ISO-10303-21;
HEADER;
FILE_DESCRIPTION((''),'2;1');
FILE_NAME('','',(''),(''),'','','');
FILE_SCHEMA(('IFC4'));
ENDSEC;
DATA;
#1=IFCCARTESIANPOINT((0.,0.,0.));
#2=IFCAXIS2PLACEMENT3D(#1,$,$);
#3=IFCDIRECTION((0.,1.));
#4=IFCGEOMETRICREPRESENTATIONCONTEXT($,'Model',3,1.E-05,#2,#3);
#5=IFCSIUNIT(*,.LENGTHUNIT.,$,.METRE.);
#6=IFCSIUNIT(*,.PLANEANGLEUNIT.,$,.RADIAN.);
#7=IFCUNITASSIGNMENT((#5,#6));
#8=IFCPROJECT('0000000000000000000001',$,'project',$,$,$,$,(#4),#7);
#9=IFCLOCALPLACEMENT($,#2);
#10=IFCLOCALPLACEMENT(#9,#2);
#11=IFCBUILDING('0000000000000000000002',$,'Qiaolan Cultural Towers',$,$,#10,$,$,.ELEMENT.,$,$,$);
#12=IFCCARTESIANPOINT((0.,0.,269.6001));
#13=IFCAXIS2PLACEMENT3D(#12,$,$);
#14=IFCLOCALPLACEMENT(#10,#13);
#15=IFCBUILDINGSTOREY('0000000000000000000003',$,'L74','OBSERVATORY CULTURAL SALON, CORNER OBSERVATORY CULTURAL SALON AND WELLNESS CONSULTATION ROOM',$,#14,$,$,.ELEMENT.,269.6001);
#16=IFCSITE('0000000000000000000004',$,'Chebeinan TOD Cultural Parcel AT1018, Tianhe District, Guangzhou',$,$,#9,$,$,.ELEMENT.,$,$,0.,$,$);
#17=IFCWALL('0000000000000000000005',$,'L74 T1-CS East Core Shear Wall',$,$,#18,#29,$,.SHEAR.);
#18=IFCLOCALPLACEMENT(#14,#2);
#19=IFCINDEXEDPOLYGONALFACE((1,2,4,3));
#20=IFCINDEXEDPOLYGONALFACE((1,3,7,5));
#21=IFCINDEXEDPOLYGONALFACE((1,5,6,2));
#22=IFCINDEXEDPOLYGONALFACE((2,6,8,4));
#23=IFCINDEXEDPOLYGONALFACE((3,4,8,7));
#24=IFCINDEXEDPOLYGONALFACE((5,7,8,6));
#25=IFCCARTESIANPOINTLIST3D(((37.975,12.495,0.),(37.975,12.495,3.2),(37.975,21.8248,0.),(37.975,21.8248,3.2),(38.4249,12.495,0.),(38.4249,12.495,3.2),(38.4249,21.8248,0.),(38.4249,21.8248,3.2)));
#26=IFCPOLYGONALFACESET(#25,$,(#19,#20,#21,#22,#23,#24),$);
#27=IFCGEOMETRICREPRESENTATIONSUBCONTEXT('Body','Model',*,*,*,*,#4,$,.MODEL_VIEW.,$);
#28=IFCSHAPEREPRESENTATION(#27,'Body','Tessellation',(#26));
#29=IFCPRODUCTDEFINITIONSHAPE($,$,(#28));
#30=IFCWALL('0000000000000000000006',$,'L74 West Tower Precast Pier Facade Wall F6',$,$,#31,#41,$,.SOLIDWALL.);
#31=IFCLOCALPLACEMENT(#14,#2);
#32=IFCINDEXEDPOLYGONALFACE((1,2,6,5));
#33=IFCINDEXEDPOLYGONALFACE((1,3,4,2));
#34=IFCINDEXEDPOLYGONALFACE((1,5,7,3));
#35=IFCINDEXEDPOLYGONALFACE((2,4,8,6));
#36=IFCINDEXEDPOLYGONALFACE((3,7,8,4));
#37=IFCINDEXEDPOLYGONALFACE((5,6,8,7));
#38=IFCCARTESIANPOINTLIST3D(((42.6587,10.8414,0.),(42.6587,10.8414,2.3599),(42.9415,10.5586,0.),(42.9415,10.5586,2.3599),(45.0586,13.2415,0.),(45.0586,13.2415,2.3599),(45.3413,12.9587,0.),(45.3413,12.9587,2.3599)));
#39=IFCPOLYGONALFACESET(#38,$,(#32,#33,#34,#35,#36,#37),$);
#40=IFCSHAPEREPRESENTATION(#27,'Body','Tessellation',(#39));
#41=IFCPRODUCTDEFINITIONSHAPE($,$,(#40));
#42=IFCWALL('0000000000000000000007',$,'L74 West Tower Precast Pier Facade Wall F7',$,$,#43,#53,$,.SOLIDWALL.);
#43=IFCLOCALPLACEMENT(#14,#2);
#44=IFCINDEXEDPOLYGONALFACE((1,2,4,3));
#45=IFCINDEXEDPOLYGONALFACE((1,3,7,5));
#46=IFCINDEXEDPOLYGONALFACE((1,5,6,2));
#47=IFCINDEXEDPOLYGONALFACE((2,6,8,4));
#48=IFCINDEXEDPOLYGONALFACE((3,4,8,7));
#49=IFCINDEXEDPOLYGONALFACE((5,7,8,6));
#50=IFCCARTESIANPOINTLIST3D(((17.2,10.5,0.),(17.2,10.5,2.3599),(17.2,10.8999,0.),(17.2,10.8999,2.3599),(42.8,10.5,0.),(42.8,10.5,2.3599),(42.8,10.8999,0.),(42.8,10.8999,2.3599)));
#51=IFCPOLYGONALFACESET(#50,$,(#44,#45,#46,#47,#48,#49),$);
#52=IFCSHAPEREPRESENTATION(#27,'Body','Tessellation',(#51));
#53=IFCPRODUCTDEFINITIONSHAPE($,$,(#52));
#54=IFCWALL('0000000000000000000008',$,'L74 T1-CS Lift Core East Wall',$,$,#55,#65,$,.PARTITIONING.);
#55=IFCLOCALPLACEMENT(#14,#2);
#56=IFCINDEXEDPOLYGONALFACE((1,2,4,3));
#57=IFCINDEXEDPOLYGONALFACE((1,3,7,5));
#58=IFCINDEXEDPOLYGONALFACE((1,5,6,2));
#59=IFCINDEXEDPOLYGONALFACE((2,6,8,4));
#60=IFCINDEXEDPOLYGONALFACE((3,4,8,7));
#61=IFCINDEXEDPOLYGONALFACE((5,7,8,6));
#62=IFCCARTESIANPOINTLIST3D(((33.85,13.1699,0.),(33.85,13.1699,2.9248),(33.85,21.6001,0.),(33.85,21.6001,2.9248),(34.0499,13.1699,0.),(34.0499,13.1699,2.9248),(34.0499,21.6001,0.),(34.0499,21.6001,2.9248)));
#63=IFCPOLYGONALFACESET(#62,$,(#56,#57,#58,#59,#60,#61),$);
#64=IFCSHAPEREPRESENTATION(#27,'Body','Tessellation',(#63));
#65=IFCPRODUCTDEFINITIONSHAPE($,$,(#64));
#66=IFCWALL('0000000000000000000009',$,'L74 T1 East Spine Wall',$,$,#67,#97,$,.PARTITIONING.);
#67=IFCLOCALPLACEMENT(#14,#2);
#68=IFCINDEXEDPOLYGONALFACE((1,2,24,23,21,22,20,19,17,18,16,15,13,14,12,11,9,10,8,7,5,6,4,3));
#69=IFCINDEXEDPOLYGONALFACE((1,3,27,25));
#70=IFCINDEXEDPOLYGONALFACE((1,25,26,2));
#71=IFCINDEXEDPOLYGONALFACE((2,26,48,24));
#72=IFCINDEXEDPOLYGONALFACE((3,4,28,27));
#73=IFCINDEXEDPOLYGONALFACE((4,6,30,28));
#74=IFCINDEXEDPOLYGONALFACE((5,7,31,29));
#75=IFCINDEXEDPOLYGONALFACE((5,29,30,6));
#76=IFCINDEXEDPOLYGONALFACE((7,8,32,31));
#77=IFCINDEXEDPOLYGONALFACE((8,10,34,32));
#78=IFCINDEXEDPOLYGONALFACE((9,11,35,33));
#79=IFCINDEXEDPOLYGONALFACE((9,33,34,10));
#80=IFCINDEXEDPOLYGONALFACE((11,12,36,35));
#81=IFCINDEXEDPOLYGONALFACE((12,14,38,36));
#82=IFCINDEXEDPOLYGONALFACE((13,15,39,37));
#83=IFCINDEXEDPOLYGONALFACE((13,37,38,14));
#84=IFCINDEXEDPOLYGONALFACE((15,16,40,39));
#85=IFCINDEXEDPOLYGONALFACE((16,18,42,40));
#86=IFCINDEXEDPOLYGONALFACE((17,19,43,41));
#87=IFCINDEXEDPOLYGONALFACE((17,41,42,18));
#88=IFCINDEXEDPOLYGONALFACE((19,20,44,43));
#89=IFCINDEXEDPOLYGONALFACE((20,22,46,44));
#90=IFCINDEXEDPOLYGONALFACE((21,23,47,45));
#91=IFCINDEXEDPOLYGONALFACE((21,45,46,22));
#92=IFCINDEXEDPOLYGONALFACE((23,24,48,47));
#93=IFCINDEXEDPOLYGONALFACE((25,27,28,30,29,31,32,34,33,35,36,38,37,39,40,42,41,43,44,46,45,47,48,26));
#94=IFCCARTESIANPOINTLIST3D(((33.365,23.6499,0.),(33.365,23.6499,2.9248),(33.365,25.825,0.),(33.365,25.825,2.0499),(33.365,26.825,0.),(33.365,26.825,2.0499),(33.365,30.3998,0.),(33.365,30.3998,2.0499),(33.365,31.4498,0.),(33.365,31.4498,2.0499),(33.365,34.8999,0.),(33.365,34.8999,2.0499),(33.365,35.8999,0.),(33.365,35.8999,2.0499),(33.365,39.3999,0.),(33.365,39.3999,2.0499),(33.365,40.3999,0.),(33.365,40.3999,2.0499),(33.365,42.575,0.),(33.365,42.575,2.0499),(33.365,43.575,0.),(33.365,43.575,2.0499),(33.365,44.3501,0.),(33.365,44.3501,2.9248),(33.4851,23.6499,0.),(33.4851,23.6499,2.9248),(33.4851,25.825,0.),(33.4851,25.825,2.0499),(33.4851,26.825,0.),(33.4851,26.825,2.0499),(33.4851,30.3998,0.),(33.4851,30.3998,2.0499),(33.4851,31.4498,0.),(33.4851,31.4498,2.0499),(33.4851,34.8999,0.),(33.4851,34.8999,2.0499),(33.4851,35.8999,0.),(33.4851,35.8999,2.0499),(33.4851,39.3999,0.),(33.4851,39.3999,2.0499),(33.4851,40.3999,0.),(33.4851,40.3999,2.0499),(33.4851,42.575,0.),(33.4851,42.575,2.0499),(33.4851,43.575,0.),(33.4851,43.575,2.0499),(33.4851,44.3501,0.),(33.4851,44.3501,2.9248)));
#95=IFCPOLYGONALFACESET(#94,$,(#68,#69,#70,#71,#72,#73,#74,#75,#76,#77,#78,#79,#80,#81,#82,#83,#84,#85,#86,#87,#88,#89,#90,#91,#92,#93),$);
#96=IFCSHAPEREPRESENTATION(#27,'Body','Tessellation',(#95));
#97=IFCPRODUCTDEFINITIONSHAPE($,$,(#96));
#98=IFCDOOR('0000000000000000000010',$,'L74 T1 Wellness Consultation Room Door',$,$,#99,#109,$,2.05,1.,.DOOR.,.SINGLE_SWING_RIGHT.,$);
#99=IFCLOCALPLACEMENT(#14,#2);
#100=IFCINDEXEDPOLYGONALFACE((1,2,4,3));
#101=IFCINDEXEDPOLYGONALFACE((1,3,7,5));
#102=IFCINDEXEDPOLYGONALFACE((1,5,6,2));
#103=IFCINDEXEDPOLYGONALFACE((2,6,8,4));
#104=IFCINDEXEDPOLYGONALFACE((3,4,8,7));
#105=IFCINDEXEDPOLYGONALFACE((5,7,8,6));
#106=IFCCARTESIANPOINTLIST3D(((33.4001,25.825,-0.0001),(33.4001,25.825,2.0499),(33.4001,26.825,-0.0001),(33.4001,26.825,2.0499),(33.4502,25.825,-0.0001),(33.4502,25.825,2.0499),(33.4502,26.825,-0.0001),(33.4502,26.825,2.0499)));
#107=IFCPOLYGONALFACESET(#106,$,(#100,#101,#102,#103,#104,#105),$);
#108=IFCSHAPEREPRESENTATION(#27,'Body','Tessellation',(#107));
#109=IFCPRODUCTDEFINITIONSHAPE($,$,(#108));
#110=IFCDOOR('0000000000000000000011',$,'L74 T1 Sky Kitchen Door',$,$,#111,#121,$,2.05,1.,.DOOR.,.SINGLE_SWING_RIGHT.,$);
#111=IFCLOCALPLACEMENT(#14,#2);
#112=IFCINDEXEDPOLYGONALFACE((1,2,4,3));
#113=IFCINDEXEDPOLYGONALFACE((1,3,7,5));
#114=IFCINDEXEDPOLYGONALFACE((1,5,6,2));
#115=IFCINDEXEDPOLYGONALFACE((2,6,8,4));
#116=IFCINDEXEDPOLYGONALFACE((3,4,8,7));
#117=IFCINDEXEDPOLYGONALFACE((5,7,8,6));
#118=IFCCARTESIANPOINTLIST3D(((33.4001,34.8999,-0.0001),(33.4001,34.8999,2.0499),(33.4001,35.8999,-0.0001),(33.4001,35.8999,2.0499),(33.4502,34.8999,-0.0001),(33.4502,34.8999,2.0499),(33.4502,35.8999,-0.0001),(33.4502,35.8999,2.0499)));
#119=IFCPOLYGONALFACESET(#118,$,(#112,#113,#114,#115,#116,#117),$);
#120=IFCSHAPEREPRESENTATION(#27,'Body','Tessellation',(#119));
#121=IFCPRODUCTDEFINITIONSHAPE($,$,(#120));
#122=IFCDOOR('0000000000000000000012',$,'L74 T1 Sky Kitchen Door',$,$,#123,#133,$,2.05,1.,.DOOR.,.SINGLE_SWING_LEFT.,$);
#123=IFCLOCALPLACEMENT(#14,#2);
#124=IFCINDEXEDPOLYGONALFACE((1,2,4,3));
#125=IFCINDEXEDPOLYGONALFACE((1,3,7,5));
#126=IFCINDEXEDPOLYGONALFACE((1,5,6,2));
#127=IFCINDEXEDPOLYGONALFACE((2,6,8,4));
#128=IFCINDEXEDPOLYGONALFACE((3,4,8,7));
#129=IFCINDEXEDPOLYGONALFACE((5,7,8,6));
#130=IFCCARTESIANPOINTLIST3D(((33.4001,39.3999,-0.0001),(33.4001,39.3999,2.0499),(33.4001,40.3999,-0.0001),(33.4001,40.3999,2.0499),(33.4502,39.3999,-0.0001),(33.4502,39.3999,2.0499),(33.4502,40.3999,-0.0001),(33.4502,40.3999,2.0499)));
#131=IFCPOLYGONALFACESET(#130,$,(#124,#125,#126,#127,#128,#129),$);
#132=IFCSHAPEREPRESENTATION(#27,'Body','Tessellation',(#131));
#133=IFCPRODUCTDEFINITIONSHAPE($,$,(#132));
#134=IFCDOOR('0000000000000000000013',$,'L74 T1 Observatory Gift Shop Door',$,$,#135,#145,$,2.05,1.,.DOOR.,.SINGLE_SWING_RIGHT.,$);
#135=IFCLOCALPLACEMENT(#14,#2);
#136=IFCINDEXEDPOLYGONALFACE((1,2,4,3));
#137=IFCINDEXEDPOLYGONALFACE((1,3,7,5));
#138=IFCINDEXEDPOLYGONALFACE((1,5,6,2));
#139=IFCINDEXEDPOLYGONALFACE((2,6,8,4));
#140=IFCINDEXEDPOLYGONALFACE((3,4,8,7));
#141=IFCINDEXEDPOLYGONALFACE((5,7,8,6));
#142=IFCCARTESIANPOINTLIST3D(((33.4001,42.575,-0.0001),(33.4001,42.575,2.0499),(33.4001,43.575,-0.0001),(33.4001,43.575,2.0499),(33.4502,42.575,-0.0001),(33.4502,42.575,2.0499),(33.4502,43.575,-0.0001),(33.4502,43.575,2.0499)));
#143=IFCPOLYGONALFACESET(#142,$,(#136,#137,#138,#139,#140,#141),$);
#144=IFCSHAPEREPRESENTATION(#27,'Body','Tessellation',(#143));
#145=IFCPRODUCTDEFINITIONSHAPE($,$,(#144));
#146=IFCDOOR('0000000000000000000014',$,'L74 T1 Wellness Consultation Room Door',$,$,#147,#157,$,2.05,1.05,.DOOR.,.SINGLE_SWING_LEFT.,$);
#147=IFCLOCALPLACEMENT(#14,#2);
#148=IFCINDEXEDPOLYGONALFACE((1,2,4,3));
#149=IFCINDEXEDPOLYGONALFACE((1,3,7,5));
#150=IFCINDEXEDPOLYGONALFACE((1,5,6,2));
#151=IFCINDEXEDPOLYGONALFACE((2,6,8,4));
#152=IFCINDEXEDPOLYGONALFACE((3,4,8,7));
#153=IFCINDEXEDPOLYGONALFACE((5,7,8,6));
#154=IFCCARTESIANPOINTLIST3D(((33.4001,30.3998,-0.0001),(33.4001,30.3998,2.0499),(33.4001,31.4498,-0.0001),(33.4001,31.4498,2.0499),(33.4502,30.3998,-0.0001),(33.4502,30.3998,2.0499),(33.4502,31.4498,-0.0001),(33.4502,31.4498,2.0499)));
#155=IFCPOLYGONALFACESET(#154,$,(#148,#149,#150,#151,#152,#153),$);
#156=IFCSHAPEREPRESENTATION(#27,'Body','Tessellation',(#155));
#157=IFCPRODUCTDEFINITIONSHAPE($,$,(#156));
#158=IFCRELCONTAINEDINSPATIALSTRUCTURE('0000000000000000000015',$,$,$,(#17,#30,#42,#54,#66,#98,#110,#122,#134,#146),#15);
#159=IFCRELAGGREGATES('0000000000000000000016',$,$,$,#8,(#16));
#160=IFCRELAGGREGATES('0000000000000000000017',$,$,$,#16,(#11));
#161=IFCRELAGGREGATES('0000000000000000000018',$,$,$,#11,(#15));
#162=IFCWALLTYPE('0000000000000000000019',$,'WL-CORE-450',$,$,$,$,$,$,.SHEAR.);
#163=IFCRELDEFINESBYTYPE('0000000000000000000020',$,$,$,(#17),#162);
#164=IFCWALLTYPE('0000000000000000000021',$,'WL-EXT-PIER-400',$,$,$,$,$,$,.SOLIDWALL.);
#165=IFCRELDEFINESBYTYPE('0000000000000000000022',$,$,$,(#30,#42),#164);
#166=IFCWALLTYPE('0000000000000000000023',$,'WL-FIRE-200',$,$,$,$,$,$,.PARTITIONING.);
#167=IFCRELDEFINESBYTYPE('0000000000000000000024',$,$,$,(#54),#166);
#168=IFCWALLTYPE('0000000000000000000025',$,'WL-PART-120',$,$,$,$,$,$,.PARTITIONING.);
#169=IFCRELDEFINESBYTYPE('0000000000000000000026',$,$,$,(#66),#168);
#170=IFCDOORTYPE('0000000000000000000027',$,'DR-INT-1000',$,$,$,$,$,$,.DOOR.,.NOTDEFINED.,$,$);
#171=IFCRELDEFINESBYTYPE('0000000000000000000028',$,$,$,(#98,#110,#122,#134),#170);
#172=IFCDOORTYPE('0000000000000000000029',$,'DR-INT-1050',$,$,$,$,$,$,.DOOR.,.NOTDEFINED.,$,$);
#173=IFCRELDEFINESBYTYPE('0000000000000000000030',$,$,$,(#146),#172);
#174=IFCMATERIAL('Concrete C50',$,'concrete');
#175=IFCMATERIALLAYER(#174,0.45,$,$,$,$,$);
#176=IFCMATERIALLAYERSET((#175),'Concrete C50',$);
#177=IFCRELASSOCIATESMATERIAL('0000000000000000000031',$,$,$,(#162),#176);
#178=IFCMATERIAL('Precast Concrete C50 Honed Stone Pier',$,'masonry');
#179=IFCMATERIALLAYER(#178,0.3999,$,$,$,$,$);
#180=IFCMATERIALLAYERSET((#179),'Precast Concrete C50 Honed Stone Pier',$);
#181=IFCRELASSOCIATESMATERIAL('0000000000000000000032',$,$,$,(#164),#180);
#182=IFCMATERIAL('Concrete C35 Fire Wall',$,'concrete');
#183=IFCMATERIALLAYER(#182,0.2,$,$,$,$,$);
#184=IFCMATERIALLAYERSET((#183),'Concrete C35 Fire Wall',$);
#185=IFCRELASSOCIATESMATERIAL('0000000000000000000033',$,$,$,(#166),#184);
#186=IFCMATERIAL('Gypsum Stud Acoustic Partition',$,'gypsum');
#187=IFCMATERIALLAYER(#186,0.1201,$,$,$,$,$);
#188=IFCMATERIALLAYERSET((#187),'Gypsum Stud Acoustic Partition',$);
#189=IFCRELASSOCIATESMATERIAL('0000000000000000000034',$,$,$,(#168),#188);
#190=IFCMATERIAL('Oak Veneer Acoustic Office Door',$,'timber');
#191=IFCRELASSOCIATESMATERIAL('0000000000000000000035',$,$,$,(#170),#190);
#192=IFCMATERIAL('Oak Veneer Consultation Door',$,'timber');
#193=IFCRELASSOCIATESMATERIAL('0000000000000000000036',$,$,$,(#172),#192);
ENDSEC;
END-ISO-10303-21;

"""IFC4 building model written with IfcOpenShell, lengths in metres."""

from ifc_helpers import new_model, si_unit, direction, frame, frame_2d, origin, place, context, subcontext, project, spatial, rectangle, extrude, material, layer, layer_set, type_object, element, fill, save


model = new_model("IFC4")

# Units and contexts
model_context = context("Model", 3, precision=1e-05, world=origin(), true_north=direction((0.0, 1.0)))
body_context = subcontext(model_context, "Body", "Model", "MODEL_VIEW")
ifc_project = project(units=[si_unit("LENGTHUNIT", "METRE"), si_unit("PLANEANGLEUNIT", "RADIAN")], contexts=[model_context])

# Site, building, storey
site_placement = place(None, origin())
site = spatial("IfcSite", under=ifc_project, at=site_placement, Name="Chebeinan TOD Cultural Parcel AT1018, Tianhe District, Guangzhou", CompositionType="ELEMENT", RefElevation=0.0)
building_placement = place(site_placement, origin())
building = spatial("IfcBuilding", under=site, at=building_placement, Name="Qiaolan Cultural Towers", CompositionType="ELEMENT")
storey_placement = place(building_placement, frame((0.0, 0.0, 269.6001)))
storey = spatial("IfcBuildingStorey", under=building, at=storey_placement, Name="L74", Description="OBSERVATORY CULTURAL SALON, CORNER OBSERVATORY CULTURAL SALON AND WELLNESS CONSULTATION ROOM", CompositionType="ELEMENT", Elevation=269.6001)

# Walls
ifc_material_1 = material(Name="Concrete C50", Category="concrete")
ifc_layer_1 = layer(ifc_material_1, 0.45)
ifc_layer_set_1 = layer_set([ifc_layer_1], Name="Concrete C50")
wall_type_1 = type_object("IfcWallType", Name="WL-CORE-450", PredefinedType="SHEAR", material=ifc_layer_set_1)
wall_1_placement = place(storey_placement, frame((38.2, 21.825, 0.0), z_axis=(0.0, 0.0, 1.0), x_axis=(0.0, -1.0, 0.0)))
element("IfcWall", 1, at=wall_1_placement, inside=storey, type_object=wall_type_1, Name="L74 T1-CS East Core Shear Wall", PredefinedType="SHEAR", context=body_context, shape_type="SweptSolid", body=[
    extrude(rectangle(XDim=9.3298, YDim=0.45, at=frame_2d((4.665, 0.0))), origin(), (0.0, 0.0, 1.0), 3.2),
])
ifc_material_2 = material(Name="Precast Concrete C50 Honed Stone Pier", Category="masonry")
ifc_layer_2 = layer(ifc_material_2, 0.3999)
ifc_layer_set_2 = layer_set([ifc_layer_2], Name="Precast Concrete C50 Honed Stone Pier")
wall_type_2 = type_object("IfcWallType", Name="WL-EXT-PIER-400", PredefinedType="SOLIDWALL", material=ifc_layer_set_2)
wall_2_placement = place(storey_placement, frame((45.2, 13.1001, 0.0), z_axis=(0.0, 0.0, 1.0), x_axis=(-0.707071, -0.707143, 0.0)))
element("IfcWall", 2, at=wall_2_placement, inside=storey, type_object=wall_type_2, Name="L74 West Tower Precast Pier Facade Wall F6", PredefinedType="SOLIDWALL", context=body_context, shape_type="SweptSolid", body=[
    extrude(rectangle(XDim=3.394, YDim=0.3999, at=frame_2d((1.697, 0.0))), origin(), (0.0, 0.0, 1.0), 2.3599),
])
wall_3_placement = place(storey_placement, frame((42.8, 10.7, 0.0), z_axis=(0.0, 0.0, 1.0), x_axis=(-1.0, 0.0, 0.0)))
element("IfcWall", 3, at=wall_3_placement, inside=storey, type_object=wall_type_2, Name="L74 West Tower Precast Pier Facade Wall F7", PredefinedType="SOLIDWALL", context=body_context, shape_type="SweptSolid", body=[
    extrude(rectangle(XDim=25.6001, YDim=0.3999, at=frame_2d((12.8, 0.0))), origin(), (0.0, 0.0, 1.0), 2.3599),
])
ifc_material_3 = material(Name="Concrete C35 Fire Wall", Category="concrete")
ifc_layer_3 = layer(ifc_material_3, 0.2)
ifc_layer_set_3 = layer_set([ifc_layer_3], Name="Concrete C35 Fire Wall")
wall_type_3 = type_object("IfcWallType", Name="WL-FIRE-200", PredefinedType="PARTITIONING", material=ifc_layer_set_3)
wall_4_placement = place(storey_placement, frame((33.95, 21.6001, 0.0), z_axis=(0.0, 0.0, 1.0), x_axis=(0.0, -1.0, 0.0)))
element("IfcWall", 4, at=wall_4_placement, inside=storey, type_object=wall_type_3, Name="L74 T1-CS Lift Core East Wall", PredefinedType="PARTITIONING", context=body_context, shape_type="SweptSolid", body=[
    extrude(rectangle(XDim=8.4302, YDim=0.2, at=frame_2d((4.2151, 0.0))), origin(), (0.0, 0.0, 1.0), 2.9248),
])

# Wall, openings, doors
ifc_material_4 = material(Name="Gypsum Stud Acoustic Partition", Category="gypsum")
ifc_layer_4 = layer(ifc_material_4, 0.1201)
ifc_layer_set_4 = layer_set([ifc_layer_4], Name="Gypsum Stud Acoustic Partition")
wall_type_4 = type_object("IfcWallType", Name="WL-PART-120", PredefinedType="PARTITIONING", material=ifc_layer_set_4)
wall_5_placement = place(storey_placement, frame((33.425, 23.6499, 0.0), z_axis=(0.0, 0.0, 1.0), x_axis=(0.0, 1.0, 0.0)))
wall_5 = element("IfcWall", 5, at=wall_5_placement, inside=storey, type_object=wall_type_4, Name="L74 T1 East Spine Wall", PredefinedType="PARTITIONING", context=body_context, shape_type="SweptSolid", body=[
    extrude(rectangle(XDim=20.7002, YDim=0.1201, at=frame_2d((10.3501, 0.0))), origin(), (0.0, 0.0, 1.0), 2.9248),
])
opening_1_placement = place(wall_5_placement, frame((2.175, 0.0, 0.0)))
opening_1 = element("IfcOpeningElement", 6, at=opening_1_placement, cuts=wall_5, PredefinedType="OPENING", context=body_context, shape_type="SweptSolid", body=[
    extrude(rectangle(XDim=1.0, YDim=2.05, at=frame_2d((0.5, 1.0249))), frame((0.0, 0.0701, 0.0), z_axis=(0.0, -1.0, 0.0), x_axis=(1.0, 0.0, 0.0)), (0.0, 0.0, 1.0), 0.1401),
])
opening_2_placement = place(wall_5_placement, frame((6.75, 0.0, 0.0)))
opening_2 = element("IfcOpeningElement", 7, at=opening_2_placement, cuts=wall_5, PredefinedType="OPENING", context=body_context, shape_type="SweptSolid", body=[
    extrude(rectangle(XDim=1.05, YDim=2.05, at=frame_2d((0.5249, 1.0249))), frame((0.0, 0.0701, 0.0), z_axis=(0.0, -1.0, 0.0), x_axis=(1.0, 0.0, 0.0)), (0.0, 0.0, 1.0), 0.1401),
])
opening_3_placement = place(wall_5_placement, frame((11.25, 0.0, 0.0)))
opening_3 = element("IfcOpeningElement", 8, at=opening_3_placement, cuts=wall_5, PredefinedType="OPENING", context=body_context, shape_type="SweptSolid", body=[
    extrude(rectangle(XDim=1.0, YDim=2.05, at=frame_2d((0.5, 1.0249))), frame((0.0, 0.0701, 0.0), z_axis=(0.0, -1.0, 0.0), x_axis=(1.0, 0.0, 0.0)), (0.0, 0.0, 1.0), 0.1401),
])
opening_4_placement = place(wall_5_placement, frame((15.75, 0.0, 0.0)))
opening_4 = element("IfcOpeningElement", 9, at=opening_4_placement, cuts=wall_5, PredefinedType="OPENING", context=body_context, shape_type="SweptSolid", body=[
    extrude(rectangle(XDim=1.0, YDim=2.05, at=frame_2d((0.5, 1.0249))), frame((0.0, 0.0701, 0.0), z_axis=(0.0, -1.0, 0.0), x_axis=(1.0, 0.0, 0.0)), (0.0, 0.0, 1.0), 0.1401),
])
opening_5_placement = place(wall_5_placement, frame((18.925, 0.0, 0.0)))
opening_5 = element("IfcOpeningElement", 10, at=opening_5_placement, cuts=wall_5, PredefinedType="OPENING", context=body_context, shape_type="SweptSolid", body=[
    extrude(rectangle(XDim=1.0, YDim=2.05, at=frame_2d((0.5, 1.0249))), frame((0.0, 0.0701, 0.0), z_axis=(0.0, -1.0, 0.0), x_axis=(1.0, 0.0, 0.0)), (0.0, 0.0, 1.0), 0.1401),
])
ifc_material_5 = material(Name="Oak Veneer Acoustic Office Door", Category="timber")
door_type_1 = type_object("IfcDoorType", Name="DR-INT-1000", OperationType="NOTDEFINED", PredefinedType="DOOR", material=ifc_material_5)
door_1_placement = place(opening_1_placement, origin())
door_1 = element("IfcDoor", 11, at=door_1_placement, inside=storey, type_object=door_type_1, Name="L74 T1 Wellness Consultation Room Door", OperationType="SINGLE_SWING_RIGHT", OverallHeight=2.05, OverallWidth=1.0, PredefinedType="DOOR", context=body_context, shape_type="SweptSolid", body=[
    extrude(rectangle(XDim=1.0, YDim=2.05, at=frame_2d((0.5, 1.0249))), frame((0.0, 0.0249, 0.0), z_axis=(0.0, -1.0, 0.0), x_axis=(1.0, 0.0, 0.0)), (0.0, 0.0, 1.0), 0.05),
])
fill(opening_1, door_1)
door_2_placement = place(opening_3_placement, origin())
door_2 = element("IfcDoor", 12, at=door_2_placement, inside=storey, type_object=door_type_1, Name="L74 T1 Sky Kitchen Door", OperationType="SINGLE_SWING_RIGHT", OverallHeight=2.05, OverallWidth=1.0, PredefinedType="DOOR", context=body_context, shape_type="SweptSolid", body=[
    extrude(rectangle(XDim=1.0, YDim=2.05, at=frame_2d((0.5, 1.0249))), frame((0.0, 0.0249, 0.0), z_axis=(0.0, -1.0, 0.0), x_axis=(1.0, 0.0, 0.0)), (0.0, 0.0, 1.0), 0.05),
])
fill(opening_3, door_2)
door_3_placement = place(opening_4_placement, origin())
door_3 = element("IfcDoor", 13, at=door_3_placement, inside=storey, type_object=door_type_1, Name="L74 T1 Sky Kitchen Door", OperationType="SINGLE_SWING_LEFT", OverallHeight=2.05, OverallWidth=1.0, PredefinedType="DOOR", context=body_context, shape_type="SweptSolid", body=[
    extrude(rectangle(XDim=1.0, YDim=2.05, at=frame_2d((0.5, 1.0249))), frame((0.0, 0.0249, 0.0), z_axis=(0.0, -1.0, 0.0), x_axis=(1.0, 0.0, 0.0)), (0.0, 0.0, 1.0), 0.05),
])
fill(opening_4, door_3)
door_4_placement = place(opening_5_placement, origin())
door_4 = element("IfcDoor", 14, at=door_4_placement, inside=storey, type_object=door_type_1, Name="L74 T1 Observatory Gift Shop Door", OperationType="SINGLE_SWING_RIGHT", OverallHeight=2.05, OverallWidth=1.0, PredefinedType="DOOR", context=body_context, shape_type="SweptSolid", body=[
    extrude(rectangle(XDim=1.0, YDim=2.05, at=frame_2d((0.5, 1.0249))), frame((0.0, 0.0249, 0.0), z_axis=(0.0, -1.0, 0.0), x_axis=(1.0, 0.0, 0.0)), (0.0, 0.0, 1.0), 0.05),
])
fill(opening_5, door_4)
ifc_material_6 = material(Name="Oak Veneer Consultation Door", Category="timber")
door_type_2 = type_object("IfcDoorType", Name="DR-INT-1050", OperationType="NOTDEFINED", PredefinedType="DOOR", material=ifc_material_6)
door_5_placement = place(opening_2_placement, origin())
door_5 = element("IfcDoor", 15, at=door_5_placement, inside=storey, type_object=door_type_2, Name="L74 T1 Wellness Consultation Room Door", OperationType="SINGLE_SWING_LEFT", OverallHeight=2.05, OverallWidth=1.05, PredefinedType="DOOR", context=body_context, shape_type="SweptSolid", body=[
    extrude(rectangle(XDim=1.05, YDim=2.05, at=frame_2d((0.5249, 1.0249))), frame((0.0, 0.0249, 0.0), z_axis=(0.0, -1.0, 0.0), x_axis=(1.0, 0.0, 0.0)), (0.0, 0.0, 1.0), 0.05),
])
fill(opening_2, door_5)

save(model, "model.ifc")
